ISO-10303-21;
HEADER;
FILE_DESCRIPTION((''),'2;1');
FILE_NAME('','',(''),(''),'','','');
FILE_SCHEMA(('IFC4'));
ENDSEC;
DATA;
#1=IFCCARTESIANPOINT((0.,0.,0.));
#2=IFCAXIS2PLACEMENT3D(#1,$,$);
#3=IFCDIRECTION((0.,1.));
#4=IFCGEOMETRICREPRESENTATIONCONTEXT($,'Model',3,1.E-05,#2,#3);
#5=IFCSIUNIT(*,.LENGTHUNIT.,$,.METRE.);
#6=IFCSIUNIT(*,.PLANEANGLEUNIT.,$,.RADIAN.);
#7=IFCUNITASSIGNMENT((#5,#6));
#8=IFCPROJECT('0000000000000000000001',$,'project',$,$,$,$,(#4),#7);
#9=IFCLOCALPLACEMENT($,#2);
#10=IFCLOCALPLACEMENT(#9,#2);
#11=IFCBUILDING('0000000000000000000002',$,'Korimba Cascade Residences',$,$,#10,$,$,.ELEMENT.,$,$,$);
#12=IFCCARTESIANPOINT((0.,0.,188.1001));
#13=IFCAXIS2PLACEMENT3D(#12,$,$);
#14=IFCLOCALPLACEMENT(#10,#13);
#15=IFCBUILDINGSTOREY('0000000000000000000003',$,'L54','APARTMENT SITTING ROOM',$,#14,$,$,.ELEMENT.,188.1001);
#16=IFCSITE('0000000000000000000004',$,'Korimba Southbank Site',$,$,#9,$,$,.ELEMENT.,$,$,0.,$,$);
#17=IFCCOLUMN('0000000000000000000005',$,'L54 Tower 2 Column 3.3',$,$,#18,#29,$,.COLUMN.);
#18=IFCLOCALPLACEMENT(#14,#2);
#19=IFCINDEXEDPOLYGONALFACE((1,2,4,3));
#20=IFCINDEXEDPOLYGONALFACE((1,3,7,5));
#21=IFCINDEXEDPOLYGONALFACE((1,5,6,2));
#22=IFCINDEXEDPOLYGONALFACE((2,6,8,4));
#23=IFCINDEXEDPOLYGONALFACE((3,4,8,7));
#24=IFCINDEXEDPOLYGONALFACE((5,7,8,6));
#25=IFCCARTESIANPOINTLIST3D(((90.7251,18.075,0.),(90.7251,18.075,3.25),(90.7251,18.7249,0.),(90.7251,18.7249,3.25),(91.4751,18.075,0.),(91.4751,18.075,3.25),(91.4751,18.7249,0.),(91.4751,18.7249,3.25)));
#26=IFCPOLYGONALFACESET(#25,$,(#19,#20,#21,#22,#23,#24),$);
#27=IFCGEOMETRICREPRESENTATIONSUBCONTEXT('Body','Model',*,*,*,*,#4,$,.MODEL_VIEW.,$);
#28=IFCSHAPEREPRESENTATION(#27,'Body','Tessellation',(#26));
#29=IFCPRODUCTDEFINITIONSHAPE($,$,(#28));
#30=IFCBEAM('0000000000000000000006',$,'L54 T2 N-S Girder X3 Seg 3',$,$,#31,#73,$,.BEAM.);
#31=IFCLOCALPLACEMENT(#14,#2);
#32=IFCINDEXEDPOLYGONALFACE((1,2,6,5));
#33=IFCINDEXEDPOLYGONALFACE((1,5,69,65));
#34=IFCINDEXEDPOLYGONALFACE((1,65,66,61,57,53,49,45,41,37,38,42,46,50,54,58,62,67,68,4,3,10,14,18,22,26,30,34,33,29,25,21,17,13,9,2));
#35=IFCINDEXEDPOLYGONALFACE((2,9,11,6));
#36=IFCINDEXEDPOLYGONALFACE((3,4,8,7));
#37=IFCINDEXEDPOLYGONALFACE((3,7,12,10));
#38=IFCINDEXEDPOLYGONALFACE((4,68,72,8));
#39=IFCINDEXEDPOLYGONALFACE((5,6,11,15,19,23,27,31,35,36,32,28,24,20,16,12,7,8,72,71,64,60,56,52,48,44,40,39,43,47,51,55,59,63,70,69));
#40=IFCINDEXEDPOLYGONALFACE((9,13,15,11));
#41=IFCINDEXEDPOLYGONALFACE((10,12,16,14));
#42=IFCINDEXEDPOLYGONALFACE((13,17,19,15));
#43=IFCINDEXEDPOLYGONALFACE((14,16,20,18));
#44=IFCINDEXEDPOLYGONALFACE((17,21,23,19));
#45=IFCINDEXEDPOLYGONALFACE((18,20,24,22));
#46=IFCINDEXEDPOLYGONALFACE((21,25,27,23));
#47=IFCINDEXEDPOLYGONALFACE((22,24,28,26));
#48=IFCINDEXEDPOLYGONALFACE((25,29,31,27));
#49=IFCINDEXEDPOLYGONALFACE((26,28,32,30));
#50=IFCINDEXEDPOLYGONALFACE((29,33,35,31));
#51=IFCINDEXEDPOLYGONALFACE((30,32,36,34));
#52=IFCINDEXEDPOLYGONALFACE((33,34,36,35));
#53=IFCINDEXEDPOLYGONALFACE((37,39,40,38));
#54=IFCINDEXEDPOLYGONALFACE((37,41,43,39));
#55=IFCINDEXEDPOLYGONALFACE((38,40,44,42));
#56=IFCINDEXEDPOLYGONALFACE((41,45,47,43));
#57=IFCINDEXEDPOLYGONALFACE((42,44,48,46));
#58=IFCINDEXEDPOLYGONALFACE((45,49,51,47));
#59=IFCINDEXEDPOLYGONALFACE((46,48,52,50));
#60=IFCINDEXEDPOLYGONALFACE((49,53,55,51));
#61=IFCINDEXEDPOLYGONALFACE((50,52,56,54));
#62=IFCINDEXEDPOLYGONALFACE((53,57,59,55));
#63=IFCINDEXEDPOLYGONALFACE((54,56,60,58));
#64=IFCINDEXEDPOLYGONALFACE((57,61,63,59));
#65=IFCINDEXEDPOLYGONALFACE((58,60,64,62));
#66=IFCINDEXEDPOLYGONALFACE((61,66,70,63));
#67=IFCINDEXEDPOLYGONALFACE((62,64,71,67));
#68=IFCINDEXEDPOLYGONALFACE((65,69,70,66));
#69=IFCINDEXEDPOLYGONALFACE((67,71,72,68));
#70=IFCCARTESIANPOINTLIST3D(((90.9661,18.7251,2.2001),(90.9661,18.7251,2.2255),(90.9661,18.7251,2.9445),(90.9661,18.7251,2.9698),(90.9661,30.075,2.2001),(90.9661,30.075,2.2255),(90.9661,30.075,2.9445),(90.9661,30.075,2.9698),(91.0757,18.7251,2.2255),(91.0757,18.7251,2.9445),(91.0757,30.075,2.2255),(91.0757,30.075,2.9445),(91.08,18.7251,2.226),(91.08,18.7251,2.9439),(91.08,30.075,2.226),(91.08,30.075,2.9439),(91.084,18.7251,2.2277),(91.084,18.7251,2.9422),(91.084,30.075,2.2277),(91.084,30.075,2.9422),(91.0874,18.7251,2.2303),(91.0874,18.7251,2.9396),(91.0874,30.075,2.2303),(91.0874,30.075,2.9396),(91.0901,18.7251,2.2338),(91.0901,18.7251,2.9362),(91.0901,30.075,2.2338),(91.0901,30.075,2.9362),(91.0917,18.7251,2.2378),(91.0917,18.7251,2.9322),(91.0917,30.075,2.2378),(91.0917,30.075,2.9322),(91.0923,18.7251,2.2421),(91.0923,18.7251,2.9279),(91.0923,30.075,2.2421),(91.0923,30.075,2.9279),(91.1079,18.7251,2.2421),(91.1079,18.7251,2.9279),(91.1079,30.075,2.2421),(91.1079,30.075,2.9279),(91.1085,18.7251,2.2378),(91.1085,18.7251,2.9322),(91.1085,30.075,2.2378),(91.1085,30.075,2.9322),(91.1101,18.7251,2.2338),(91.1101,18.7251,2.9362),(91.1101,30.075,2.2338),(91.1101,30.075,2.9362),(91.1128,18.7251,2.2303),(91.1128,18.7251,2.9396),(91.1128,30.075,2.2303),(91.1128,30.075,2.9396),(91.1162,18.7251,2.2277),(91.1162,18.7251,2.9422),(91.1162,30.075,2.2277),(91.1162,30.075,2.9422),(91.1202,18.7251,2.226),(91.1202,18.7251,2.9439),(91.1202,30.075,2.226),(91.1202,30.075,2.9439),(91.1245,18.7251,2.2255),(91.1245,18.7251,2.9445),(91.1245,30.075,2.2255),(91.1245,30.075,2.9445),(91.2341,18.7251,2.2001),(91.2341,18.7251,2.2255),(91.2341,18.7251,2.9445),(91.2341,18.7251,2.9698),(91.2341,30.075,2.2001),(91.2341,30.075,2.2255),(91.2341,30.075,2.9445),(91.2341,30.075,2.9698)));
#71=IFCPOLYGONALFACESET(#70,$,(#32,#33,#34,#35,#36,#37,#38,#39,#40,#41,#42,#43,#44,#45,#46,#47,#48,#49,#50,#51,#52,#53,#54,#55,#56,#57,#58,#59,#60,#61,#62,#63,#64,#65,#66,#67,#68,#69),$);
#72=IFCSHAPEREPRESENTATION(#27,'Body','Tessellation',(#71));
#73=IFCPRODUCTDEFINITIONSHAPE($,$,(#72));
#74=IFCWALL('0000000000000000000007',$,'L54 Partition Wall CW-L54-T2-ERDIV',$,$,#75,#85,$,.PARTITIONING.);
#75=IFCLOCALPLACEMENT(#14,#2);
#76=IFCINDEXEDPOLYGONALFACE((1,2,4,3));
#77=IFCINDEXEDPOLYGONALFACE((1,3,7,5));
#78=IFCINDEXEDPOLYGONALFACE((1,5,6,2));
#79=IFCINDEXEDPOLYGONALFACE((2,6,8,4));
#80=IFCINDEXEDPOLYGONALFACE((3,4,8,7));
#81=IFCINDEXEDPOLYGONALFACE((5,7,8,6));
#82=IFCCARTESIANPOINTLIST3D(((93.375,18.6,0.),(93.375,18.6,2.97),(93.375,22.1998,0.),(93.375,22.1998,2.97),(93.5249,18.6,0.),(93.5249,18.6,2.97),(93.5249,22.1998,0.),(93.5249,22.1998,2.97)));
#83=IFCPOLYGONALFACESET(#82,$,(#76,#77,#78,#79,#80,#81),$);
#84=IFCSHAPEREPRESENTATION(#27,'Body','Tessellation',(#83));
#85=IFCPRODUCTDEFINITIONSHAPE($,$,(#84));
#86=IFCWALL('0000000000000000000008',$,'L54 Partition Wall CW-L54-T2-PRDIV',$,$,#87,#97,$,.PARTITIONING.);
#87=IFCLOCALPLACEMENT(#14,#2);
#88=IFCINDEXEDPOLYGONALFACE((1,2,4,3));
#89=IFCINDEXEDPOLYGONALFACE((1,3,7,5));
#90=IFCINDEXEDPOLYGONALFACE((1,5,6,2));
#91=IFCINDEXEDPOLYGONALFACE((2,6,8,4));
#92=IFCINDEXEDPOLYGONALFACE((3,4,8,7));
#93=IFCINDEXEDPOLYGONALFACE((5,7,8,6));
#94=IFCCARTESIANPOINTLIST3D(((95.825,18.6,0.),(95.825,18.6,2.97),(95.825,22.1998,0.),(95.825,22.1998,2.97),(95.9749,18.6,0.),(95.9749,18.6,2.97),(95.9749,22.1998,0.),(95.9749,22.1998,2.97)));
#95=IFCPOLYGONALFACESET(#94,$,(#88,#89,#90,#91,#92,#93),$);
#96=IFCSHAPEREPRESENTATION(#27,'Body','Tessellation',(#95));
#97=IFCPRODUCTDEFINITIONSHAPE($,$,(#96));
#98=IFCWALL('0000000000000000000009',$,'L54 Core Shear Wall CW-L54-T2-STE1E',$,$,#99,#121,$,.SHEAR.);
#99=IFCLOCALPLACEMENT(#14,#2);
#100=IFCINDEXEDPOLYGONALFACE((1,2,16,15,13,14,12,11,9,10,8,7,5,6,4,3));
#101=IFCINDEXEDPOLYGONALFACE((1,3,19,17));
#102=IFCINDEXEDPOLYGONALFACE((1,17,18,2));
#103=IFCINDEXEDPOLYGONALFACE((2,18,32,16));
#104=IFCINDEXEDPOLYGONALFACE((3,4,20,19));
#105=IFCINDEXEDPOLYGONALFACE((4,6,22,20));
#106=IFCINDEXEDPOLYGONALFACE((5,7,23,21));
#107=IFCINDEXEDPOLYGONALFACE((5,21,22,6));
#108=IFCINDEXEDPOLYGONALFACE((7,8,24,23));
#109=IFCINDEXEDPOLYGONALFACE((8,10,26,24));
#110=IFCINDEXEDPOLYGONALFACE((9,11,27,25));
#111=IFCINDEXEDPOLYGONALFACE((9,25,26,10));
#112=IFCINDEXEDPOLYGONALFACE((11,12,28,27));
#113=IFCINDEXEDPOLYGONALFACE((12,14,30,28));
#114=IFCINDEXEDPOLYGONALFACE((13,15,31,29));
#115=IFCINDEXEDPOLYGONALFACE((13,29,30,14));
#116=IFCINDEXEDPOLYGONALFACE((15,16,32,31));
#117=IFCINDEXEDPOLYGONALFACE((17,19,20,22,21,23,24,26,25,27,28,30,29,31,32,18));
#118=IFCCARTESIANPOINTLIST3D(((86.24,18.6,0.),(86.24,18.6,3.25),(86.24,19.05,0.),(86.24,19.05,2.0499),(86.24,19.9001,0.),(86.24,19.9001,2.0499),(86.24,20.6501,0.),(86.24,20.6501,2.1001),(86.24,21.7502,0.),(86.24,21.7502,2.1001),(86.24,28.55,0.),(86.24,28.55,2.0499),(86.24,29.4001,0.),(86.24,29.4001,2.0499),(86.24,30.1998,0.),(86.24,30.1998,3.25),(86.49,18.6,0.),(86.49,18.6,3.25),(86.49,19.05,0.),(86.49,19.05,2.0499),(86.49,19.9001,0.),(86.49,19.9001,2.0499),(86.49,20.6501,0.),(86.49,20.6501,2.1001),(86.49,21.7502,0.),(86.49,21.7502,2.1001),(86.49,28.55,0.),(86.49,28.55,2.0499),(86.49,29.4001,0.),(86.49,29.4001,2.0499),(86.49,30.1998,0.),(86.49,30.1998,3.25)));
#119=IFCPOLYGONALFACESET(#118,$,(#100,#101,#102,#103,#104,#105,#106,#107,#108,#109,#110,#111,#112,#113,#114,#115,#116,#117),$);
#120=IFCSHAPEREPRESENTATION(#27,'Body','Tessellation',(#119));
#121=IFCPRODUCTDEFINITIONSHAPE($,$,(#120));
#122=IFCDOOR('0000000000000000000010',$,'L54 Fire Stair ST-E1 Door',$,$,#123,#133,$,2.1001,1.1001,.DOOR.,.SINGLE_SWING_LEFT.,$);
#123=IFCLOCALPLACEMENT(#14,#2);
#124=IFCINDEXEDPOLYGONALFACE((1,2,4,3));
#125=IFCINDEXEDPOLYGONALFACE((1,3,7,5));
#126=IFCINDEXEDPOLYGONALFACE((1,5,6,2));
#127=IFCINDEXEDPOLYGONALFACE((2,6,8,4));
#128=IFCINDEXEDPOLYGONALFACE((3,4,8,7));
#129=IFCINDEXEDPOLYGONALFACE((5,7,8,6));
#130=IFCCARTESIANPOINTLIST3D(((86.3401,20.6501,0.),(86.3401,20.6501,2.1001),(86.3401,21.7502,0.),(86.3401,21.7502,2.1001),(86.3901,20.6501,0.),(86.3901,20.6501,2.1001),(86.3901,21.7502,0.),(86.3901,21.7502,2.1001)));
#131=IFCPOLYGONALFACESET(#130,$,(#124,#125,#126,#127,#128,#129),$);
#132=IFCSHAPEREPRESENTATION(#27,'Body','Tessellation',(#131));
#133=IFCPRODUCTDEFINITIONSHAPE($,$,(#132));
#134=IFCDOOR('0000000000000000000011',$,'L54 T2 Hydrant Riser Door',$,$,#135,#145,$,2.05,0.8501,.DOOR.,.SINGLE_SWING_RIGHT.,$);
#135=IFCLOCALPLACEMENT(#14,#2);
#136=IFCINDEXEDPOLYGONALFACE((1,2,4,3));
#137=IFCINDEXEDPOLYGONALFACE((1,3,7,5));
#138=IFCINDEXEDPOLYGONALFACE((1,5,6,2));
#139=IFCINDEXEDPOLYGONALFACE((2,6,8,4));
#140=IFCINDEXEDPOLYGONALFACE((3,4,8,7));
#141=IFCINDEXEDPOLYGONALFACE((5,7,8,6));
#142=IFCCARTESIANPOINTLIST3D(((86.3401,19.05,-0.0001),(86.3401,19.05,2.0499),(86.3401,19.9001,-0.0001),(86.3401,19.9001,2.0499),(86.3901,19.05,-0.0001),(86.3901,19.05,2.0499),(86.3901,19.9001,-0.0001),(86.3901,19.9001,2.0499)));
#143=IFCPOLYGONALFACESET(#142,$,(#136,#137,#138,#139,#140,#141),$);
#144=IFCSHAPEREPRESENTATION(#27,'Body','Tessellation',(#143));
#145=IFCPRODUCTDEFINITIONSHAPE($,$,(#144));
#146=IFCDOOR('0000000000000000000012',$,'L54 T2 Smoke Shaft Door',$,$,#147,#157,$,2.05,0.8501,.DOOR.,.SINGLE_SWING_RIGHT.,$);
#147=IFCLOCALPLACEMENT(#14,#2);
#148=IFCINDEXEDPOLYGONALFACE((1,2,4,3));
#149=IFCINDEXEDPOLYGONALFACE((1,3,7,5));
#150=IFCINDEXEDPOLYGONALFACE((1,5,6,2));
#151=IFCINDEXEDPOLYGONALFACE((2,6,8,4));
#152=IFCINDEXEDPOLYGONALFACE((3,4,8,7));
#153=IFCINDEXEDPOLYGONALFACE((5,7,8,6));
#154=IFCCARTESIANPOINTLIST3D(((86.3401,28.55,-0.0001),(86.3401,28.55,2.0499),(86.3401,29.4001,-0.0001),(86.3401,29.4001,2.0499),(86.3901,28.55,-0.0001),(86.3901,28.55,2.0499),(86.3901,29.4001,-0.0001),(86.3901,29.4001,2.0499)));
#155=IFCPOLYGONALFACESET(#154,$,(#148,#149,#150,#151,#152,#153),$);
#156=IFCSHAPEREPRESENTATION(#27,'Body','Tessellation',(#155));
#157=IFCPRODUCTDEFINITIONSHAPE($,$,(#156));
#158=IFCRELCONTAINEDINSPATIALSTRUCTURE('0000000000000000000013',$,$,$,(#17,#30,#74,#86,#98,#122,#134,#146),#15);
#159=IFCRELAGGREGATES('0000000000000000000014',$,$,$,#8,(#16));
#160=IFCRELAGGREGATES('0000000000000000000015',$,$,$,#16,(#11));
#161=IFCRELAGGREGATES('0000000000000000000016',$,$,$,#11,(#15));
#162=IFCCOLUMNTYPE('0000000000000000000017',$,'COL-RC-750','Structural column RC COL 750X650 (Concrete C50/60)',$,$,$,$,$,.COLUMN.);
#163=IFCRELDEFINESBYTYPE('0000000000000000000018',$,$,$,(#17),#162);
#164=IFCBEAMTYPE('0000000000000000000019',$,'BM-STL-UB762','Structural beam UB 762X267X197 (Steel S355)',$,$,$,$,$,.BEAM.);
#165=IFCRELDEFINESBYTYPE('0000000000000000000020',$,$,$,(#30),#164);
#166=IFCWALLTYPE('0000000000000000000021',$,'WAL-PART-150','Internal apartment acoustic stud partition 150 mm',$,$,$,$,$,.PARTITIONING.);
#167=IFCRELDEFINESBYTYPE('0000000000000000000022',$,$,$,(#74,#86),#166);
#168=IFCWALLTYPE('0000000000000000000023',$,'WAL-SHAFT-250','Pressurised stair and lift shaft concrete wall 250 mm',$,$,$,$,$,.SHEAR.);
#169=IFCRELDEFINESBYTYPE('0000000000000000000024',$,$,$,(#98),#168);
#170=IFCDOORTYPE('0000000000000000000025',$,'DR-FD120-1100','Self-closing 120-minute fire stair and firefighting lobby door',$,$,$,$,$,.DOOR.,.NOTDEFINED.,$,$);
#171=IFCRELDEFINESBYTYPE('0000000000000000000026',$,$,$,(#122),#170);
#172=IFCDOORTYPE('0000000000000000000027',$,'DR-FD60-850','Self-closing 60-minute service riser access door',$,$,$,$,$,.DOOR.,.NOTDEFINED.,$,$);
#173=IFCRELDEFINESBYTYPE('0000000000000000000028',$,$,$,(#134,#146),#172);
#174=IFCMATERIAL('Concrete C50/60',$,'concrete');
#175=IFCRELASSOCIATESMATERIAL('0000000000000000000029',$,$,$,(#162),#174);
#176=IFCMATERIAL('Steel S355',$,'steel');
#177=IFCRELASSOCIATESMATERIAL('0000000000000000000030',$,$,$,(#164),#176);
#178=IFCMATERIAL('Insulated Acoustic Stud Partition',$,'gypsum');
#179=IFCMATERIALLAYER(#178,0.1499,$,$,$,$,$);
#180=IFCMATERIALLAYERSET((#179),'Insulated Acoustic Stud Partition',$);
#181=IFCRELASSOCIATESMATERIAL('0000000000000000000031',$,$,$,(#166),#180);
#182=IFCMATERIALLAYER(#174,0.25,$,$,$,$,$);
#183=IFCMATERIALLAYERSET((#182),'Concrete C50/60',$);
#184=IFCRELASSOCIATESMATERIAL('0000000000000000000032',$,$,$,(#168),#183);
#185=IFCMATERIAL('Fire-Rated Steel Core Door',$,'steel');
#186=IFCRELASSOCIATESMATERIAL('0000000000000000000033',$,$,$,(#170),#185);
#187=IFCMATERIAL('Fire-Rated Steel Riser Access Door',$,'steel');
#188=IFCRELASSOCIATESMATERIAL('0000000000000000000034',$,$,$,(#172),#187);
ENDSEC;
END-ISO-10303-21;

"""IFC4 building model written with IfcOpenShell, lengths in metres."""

from ifc_helpers import new_model, si_unit, direction, frame, frame_2d, origin, origin_2d, place, context, subcontext, project, spatial, rectangle, i_section, extrude, material, layer, layer_set, material_profile, profile_set, type_object, element, fill, save


model = new_model("IFC4")

# Units and contexts
model_context = context("Model", 3, precision=1e-05, world=origin(), true_north=direction((0.0, 1.0)))
body_context = subcontext(model_context, "Body", "Model", "MODEL_VIEW")
ifc_project = project(units=[si_unit("LENGTHUNIT", "METRE"), si_unit("PLANEANGLEUNIT", "RADIAN")], contexts=[model_context])

# Site, building, storey
site_placement = place(None, origin())
site = spatial("IfcSite", under=ifc_project, at=site_placement, Name="Korimba Southbank Site", CompositionType="ELEMENT", RefElevation=0.0)
building_placement = place(site_placement, origin())
building = spatial("IfcBuilding", under=site, at=building_placement, Name="Korimba Cascade Residences", CompositionType="ELEMENT")
storey_placement = place(building_placement, frame((0.0, 0.0, 188.1001)))
storey = spatial("IfcBuildingStorey", under=building, at=storey_placement, Name="L54", Description="APARTMENT SITTING ROOM", CompositionType="ELEMENT", Elevation=188.1001)

# Column
ifc_material_1 = material(Name="Concrete C50/60", Category="concrete")
ifc_material_profile_1 = material_profile(ifc_material_1, rectangle(XDim=0.75, YDim=0.6499, at=origin_2d()), Name="Concrete C50/60")
ifc_profile_set_1 = profile_set([ifc_material_profile_1], Name="Concrete C50/60")
column_type = type_object("IfcColumnType", Name="COL-RC-750", Description="Structural column RC COL 750X650 (Concrete C50/60)", PredefinedType="COLUMN", material=ifc_profile_set_1)
column_placement = place(storey_placement, frame((91.1001, 18.3999, 0.0), z_axis=(0.0, 0.0, 1.0), x_axis=(1.0, 0.0, 0.0)))
element("IfcColumn", 1, at=column_placement, inside=storey, type_object=column_type, Name="L54 Tower 2 Column 3.3", PredefinedType="COLUMN", context=body_context, shape_type="SweptSolid", body=[
    extrude(rectangle(XDim=0.75, YDim=0.6499, at=origin_2d()), origin(), (0.0, 0.0, 1.0), 3.25),
])

# Beam
ifc_material_2 = material(Name="Steel S355", Category="steel")
ifc_material_profile_2 = material_profile(ifc_material_2, i_section(OverallWidth=0.2681, OverallDepth=0.7698, WebThickness=0.0156, FlangeThickness=0.0254, FilletRadius=0.0166, at=origin_2d()), Name="Steel S355")
ifc_profile_set_2 = profile_set([ifc_material_profile_2], Name="Steel S355")
beam_type = type_object("IfcBeamType", Name="BM-STL-UB762", Description="Structural beam UB 762X267X197 (Steel S355)", PredefinedType="BEAM", material=ifc_profile_set_2)
beam_placement = place(storey_placement, frame((91.1001, 18.7251, 2.585), z_axis=(0.0, 1.0, 0.0), x_axis=(-1.0, 0.0, 0.0)))
element("IfcBeam", 2, at=beam_placement, inside=storey, type_object=beam_type, Name="L54 T2 N-S Girder X3 Seg 3", PredefinedType="BEAM", context=body_context, shape_type="SweptSolid", body=[
    extrude(i_section(OverallWidth=0.2681, OverallDepth=0.7698, WebThickness=0.0156, FlangeThickness=0.0254, FilletRadius=0.0166, at=origin_2d()), origin(), (0.0, 0.0, 1.0), 11.3499),
])

# Walls
ifc_material_3 = material(Name="Insulated Acoustic Stud Partition", Category="gypsum")
ifc_layer_1 = layer(ifc_material_3, 0.1499)
ifc_layer_set_1 = layer_set([ifc_layer_1], Name="Insulated Acoustic Stud Partition")
wall_type_1 = type_object("IfcWallType", Name="WAL-PART-150", Description="Internal apartment acoustic stud partition 150 mm", PredefinedType="PARTITIONING", material=ifc_layer_set_1)
for number, where, z_axis, x_axis, name in (
    (3, (93.45, 18.6001, 0.0), (0.0, 0.0, 1.0), (0.0, 1.0, 0.0), "L54 Partition Wall CW-L54-T2-ERDIV"),
    (4, (95.8999, 18.6001, 0.0), (0.0, 0.0, 1.0), (0.0, 1.0, 0.0), "L54 Partition Wall CW-L54-T2-PRDIV"),
):
    element("IfcWall", number, at=place(storey_placement, frame(where, z_axis=z_axis, x_axis=x_axis)), inside=storey, type_object=wall_type_1, Name=name, PredefinedType="PARTITIONING", context=body_context, shape_type="SweptSolid", body=[
        extrude(rectangle(XDim=3.5999, YDim=0.1499, at=frame_2d((1.7998, 0.0))), origin(), (0.0, 0.0, 1.0), 2.97),
    ])

# Wall, openings, doors
ifc_layer_2 = layer(ifc_material_1, 0.25)
ifc_layer_set_2 = layer_set([ifc_layer_2], Name="Concrete C50/60")
wall_type_2 = type_object("IfcWallType", Name="WAL-SHAFT-250", Description="Pressurised stair and lift shaft concrete wall 250 mm", PredefinedType="SHEAR", material=ifc_layer_set_2)
wall_1_placement = place(storey_placement, frame((86.365, 18.6001, 0.0), z_axis=(0.0, 0.0, 1.0), x_axis=(0.0, 1.0, 0.0)))
wall_1 = element("IfcWall", 5, at=wall_1_placement, inside=storey, type_object=wall_type_2, Name="L54 Core Shear Wall CW-L54-T2-STE1E", PredefinedType="SHEAR", context=body_context, shape_type="SweptSolid", body=[
    extrude(rectangle(XDim=11.5999, YDim=0.25, at=frame_2d((5.7998, 0.0))), origin(), (0.0, 0.0, 1.0), 3.25),
])
opening_1_placement = place(wall_1_placement, frame((0.45, 0.0, 0.0)))
opening_1 = element("IfcOpeningElement", 6, at=opening_1_placement, cuts=wall_1, PredefinedType="OPENING", context=body_context, shape_type="SweptSolid", body=[
    extrude(rectangle(XDim=0.8501, YDim=2.05, at=frame_2d((0.425, 1.0249))), frame((0.0, 0.135, 0.0), z_axis=(0.0, -1.0, 0.0), x_axis=(1.0, 0.0, 0.0)), (0.0, 0.0, 1.0), 0.27),
])
opening_2_placement = place(wall_1_placement, frame((2.05, 0.0, 0.0)))
opening_2 = element("IfcOpeningElement", 7, at=opening_2_placement, cuts=wall_1, PredefinedType="OPENING", context=body_context, shape_type="SweptSolid", body=[
    extrude(rectangle(XDim=1.1001, YDim=2.1001, at=frame_2d((0.55, 1.05))), frame((0.0, 0.135, 0.0), z_axis=(0.0, -1.0, 0.0), x_axis=(1.0, 0.0, 0.0)), (0.0, 0.0, 1.0), 0.27),
])
opening_3_placement = place(wall_1_placement, frame((9.95, 0.0, 0.0)))
opening_3 = element("IfcOpeningElement", 8, at=opening_3_placement, cuts=wall_1, PredefinedType="OPENING", context=body_context, shape_type="SweptSolid", body=[
    extrude(rectangle(XDim=0.8501, YDim=2.05, at=frame_2d((0.425, 1.0249))), frame((0.0, 0.135, 0.0), z_axis=(0.0, -1.0, 0.0), x_axis=(1.0, 0.0, 0.0)), (0.0, 0.0, 1.0), 0.27),
])
ifc_material_4 = material(Name="Fire-Rated Steel Core Door", Category="steel")
door_type_1 = type_object("IfcDoorType", Name="DR-FD120-1100", Description="Self-closing 120-minute fire stair and firefighting lobby door", OperationType="NOTDEFINED", PredefinedType="DOOR", material=ifc_material_4)
door_1_placement = place(opening_2_placement, origin())
door_1 = element("IfcDoor", 9, at=door_1_placement, inside=storey, type_object=door_type_1, Name="L54 Fire Stair ST-E1 Door", OperationType="SINGLE_SWING_LEFT", OverallHeight=2.1001, OverallWidth=1.1001, PredefinedType="DOOR", context=body_context, shape_type="SweptSolid", body=[
    extrude(rectangle(XDim=1.1001, YDim=2.1001, at=frame_2d((0.55, 1.05))), frame((0.0, 0.0249, 0.0), z_axis=(0.0, -1.0, 0.0), x_axis=(1.0, 0.0, 0.0)), (0.0, 0.0, 1.0), 0.05),
])
fill(opening_2, door_1)
ifc_material_5 = material(Name="Fire-Rated Steel Riser Access Door", Category="steel")
door_type_2 = type_object("IfcDoorType", Name="DR-FD60-850", Description="Self-closing 60-minute service riser access door", OperationType="NOTDEFINED", PredefinedType="DOOR", material=ifc_material_5)
door_2_placement = place(opening_1_placement, origin())
door_2 = element("IfcDoor", 10, at=door_2_placement, inside=storey, type_object=door_type_2, Name="L54 T2 Hydrant Riser Door", OperationType="SINGLE_SWING_RIGHT", OverallHeight=2.05, OverallWidth=0.8501, PredefinedType="DOOR", context=body_context, shape_type="SweptSolid", body=[
    extrude(rectangle(XDim=0.8501, YDim=2.05, at=frame_2d((0.425, 1.0249))), frame((0.0, 0.0249, 0.0), z_axis=(0.0, -1.0, 0.0), x_axis=(1.0, 0.0, 0.0)), (0.0, 0.0, 1.0), 0.05),
])
fill(opening_1, door_2)
door_3_placement = place(opening_3_placement, origin())
door_3 = element("IfcDoor", 11, at=door_3_placement, inside=storey, type_object=door_type_2, Name="L54 T2 Smoke Shaft Door", OperationType="SINGLE_SWING_RIGHT", OverallHeight=2.05, OverallWidth=0.8501, PredefinedType="DOOR", context=body_context, shape_type="SweptSolid", body=[
    extrude(rectangle(XDim=0.8501, YDim=2.05, at=frame_2d((0.425, 1.0249))), frame((0.0, 0.0249, 0.0), z_axis=(0.0, -1.0, 0.0), x_axis=(1.0, 0.0, 0.0)), (0.0, 0.0, 1.0), 0.05),
])
fill(opening_3, door_3)

save(model, "model.ifc")
